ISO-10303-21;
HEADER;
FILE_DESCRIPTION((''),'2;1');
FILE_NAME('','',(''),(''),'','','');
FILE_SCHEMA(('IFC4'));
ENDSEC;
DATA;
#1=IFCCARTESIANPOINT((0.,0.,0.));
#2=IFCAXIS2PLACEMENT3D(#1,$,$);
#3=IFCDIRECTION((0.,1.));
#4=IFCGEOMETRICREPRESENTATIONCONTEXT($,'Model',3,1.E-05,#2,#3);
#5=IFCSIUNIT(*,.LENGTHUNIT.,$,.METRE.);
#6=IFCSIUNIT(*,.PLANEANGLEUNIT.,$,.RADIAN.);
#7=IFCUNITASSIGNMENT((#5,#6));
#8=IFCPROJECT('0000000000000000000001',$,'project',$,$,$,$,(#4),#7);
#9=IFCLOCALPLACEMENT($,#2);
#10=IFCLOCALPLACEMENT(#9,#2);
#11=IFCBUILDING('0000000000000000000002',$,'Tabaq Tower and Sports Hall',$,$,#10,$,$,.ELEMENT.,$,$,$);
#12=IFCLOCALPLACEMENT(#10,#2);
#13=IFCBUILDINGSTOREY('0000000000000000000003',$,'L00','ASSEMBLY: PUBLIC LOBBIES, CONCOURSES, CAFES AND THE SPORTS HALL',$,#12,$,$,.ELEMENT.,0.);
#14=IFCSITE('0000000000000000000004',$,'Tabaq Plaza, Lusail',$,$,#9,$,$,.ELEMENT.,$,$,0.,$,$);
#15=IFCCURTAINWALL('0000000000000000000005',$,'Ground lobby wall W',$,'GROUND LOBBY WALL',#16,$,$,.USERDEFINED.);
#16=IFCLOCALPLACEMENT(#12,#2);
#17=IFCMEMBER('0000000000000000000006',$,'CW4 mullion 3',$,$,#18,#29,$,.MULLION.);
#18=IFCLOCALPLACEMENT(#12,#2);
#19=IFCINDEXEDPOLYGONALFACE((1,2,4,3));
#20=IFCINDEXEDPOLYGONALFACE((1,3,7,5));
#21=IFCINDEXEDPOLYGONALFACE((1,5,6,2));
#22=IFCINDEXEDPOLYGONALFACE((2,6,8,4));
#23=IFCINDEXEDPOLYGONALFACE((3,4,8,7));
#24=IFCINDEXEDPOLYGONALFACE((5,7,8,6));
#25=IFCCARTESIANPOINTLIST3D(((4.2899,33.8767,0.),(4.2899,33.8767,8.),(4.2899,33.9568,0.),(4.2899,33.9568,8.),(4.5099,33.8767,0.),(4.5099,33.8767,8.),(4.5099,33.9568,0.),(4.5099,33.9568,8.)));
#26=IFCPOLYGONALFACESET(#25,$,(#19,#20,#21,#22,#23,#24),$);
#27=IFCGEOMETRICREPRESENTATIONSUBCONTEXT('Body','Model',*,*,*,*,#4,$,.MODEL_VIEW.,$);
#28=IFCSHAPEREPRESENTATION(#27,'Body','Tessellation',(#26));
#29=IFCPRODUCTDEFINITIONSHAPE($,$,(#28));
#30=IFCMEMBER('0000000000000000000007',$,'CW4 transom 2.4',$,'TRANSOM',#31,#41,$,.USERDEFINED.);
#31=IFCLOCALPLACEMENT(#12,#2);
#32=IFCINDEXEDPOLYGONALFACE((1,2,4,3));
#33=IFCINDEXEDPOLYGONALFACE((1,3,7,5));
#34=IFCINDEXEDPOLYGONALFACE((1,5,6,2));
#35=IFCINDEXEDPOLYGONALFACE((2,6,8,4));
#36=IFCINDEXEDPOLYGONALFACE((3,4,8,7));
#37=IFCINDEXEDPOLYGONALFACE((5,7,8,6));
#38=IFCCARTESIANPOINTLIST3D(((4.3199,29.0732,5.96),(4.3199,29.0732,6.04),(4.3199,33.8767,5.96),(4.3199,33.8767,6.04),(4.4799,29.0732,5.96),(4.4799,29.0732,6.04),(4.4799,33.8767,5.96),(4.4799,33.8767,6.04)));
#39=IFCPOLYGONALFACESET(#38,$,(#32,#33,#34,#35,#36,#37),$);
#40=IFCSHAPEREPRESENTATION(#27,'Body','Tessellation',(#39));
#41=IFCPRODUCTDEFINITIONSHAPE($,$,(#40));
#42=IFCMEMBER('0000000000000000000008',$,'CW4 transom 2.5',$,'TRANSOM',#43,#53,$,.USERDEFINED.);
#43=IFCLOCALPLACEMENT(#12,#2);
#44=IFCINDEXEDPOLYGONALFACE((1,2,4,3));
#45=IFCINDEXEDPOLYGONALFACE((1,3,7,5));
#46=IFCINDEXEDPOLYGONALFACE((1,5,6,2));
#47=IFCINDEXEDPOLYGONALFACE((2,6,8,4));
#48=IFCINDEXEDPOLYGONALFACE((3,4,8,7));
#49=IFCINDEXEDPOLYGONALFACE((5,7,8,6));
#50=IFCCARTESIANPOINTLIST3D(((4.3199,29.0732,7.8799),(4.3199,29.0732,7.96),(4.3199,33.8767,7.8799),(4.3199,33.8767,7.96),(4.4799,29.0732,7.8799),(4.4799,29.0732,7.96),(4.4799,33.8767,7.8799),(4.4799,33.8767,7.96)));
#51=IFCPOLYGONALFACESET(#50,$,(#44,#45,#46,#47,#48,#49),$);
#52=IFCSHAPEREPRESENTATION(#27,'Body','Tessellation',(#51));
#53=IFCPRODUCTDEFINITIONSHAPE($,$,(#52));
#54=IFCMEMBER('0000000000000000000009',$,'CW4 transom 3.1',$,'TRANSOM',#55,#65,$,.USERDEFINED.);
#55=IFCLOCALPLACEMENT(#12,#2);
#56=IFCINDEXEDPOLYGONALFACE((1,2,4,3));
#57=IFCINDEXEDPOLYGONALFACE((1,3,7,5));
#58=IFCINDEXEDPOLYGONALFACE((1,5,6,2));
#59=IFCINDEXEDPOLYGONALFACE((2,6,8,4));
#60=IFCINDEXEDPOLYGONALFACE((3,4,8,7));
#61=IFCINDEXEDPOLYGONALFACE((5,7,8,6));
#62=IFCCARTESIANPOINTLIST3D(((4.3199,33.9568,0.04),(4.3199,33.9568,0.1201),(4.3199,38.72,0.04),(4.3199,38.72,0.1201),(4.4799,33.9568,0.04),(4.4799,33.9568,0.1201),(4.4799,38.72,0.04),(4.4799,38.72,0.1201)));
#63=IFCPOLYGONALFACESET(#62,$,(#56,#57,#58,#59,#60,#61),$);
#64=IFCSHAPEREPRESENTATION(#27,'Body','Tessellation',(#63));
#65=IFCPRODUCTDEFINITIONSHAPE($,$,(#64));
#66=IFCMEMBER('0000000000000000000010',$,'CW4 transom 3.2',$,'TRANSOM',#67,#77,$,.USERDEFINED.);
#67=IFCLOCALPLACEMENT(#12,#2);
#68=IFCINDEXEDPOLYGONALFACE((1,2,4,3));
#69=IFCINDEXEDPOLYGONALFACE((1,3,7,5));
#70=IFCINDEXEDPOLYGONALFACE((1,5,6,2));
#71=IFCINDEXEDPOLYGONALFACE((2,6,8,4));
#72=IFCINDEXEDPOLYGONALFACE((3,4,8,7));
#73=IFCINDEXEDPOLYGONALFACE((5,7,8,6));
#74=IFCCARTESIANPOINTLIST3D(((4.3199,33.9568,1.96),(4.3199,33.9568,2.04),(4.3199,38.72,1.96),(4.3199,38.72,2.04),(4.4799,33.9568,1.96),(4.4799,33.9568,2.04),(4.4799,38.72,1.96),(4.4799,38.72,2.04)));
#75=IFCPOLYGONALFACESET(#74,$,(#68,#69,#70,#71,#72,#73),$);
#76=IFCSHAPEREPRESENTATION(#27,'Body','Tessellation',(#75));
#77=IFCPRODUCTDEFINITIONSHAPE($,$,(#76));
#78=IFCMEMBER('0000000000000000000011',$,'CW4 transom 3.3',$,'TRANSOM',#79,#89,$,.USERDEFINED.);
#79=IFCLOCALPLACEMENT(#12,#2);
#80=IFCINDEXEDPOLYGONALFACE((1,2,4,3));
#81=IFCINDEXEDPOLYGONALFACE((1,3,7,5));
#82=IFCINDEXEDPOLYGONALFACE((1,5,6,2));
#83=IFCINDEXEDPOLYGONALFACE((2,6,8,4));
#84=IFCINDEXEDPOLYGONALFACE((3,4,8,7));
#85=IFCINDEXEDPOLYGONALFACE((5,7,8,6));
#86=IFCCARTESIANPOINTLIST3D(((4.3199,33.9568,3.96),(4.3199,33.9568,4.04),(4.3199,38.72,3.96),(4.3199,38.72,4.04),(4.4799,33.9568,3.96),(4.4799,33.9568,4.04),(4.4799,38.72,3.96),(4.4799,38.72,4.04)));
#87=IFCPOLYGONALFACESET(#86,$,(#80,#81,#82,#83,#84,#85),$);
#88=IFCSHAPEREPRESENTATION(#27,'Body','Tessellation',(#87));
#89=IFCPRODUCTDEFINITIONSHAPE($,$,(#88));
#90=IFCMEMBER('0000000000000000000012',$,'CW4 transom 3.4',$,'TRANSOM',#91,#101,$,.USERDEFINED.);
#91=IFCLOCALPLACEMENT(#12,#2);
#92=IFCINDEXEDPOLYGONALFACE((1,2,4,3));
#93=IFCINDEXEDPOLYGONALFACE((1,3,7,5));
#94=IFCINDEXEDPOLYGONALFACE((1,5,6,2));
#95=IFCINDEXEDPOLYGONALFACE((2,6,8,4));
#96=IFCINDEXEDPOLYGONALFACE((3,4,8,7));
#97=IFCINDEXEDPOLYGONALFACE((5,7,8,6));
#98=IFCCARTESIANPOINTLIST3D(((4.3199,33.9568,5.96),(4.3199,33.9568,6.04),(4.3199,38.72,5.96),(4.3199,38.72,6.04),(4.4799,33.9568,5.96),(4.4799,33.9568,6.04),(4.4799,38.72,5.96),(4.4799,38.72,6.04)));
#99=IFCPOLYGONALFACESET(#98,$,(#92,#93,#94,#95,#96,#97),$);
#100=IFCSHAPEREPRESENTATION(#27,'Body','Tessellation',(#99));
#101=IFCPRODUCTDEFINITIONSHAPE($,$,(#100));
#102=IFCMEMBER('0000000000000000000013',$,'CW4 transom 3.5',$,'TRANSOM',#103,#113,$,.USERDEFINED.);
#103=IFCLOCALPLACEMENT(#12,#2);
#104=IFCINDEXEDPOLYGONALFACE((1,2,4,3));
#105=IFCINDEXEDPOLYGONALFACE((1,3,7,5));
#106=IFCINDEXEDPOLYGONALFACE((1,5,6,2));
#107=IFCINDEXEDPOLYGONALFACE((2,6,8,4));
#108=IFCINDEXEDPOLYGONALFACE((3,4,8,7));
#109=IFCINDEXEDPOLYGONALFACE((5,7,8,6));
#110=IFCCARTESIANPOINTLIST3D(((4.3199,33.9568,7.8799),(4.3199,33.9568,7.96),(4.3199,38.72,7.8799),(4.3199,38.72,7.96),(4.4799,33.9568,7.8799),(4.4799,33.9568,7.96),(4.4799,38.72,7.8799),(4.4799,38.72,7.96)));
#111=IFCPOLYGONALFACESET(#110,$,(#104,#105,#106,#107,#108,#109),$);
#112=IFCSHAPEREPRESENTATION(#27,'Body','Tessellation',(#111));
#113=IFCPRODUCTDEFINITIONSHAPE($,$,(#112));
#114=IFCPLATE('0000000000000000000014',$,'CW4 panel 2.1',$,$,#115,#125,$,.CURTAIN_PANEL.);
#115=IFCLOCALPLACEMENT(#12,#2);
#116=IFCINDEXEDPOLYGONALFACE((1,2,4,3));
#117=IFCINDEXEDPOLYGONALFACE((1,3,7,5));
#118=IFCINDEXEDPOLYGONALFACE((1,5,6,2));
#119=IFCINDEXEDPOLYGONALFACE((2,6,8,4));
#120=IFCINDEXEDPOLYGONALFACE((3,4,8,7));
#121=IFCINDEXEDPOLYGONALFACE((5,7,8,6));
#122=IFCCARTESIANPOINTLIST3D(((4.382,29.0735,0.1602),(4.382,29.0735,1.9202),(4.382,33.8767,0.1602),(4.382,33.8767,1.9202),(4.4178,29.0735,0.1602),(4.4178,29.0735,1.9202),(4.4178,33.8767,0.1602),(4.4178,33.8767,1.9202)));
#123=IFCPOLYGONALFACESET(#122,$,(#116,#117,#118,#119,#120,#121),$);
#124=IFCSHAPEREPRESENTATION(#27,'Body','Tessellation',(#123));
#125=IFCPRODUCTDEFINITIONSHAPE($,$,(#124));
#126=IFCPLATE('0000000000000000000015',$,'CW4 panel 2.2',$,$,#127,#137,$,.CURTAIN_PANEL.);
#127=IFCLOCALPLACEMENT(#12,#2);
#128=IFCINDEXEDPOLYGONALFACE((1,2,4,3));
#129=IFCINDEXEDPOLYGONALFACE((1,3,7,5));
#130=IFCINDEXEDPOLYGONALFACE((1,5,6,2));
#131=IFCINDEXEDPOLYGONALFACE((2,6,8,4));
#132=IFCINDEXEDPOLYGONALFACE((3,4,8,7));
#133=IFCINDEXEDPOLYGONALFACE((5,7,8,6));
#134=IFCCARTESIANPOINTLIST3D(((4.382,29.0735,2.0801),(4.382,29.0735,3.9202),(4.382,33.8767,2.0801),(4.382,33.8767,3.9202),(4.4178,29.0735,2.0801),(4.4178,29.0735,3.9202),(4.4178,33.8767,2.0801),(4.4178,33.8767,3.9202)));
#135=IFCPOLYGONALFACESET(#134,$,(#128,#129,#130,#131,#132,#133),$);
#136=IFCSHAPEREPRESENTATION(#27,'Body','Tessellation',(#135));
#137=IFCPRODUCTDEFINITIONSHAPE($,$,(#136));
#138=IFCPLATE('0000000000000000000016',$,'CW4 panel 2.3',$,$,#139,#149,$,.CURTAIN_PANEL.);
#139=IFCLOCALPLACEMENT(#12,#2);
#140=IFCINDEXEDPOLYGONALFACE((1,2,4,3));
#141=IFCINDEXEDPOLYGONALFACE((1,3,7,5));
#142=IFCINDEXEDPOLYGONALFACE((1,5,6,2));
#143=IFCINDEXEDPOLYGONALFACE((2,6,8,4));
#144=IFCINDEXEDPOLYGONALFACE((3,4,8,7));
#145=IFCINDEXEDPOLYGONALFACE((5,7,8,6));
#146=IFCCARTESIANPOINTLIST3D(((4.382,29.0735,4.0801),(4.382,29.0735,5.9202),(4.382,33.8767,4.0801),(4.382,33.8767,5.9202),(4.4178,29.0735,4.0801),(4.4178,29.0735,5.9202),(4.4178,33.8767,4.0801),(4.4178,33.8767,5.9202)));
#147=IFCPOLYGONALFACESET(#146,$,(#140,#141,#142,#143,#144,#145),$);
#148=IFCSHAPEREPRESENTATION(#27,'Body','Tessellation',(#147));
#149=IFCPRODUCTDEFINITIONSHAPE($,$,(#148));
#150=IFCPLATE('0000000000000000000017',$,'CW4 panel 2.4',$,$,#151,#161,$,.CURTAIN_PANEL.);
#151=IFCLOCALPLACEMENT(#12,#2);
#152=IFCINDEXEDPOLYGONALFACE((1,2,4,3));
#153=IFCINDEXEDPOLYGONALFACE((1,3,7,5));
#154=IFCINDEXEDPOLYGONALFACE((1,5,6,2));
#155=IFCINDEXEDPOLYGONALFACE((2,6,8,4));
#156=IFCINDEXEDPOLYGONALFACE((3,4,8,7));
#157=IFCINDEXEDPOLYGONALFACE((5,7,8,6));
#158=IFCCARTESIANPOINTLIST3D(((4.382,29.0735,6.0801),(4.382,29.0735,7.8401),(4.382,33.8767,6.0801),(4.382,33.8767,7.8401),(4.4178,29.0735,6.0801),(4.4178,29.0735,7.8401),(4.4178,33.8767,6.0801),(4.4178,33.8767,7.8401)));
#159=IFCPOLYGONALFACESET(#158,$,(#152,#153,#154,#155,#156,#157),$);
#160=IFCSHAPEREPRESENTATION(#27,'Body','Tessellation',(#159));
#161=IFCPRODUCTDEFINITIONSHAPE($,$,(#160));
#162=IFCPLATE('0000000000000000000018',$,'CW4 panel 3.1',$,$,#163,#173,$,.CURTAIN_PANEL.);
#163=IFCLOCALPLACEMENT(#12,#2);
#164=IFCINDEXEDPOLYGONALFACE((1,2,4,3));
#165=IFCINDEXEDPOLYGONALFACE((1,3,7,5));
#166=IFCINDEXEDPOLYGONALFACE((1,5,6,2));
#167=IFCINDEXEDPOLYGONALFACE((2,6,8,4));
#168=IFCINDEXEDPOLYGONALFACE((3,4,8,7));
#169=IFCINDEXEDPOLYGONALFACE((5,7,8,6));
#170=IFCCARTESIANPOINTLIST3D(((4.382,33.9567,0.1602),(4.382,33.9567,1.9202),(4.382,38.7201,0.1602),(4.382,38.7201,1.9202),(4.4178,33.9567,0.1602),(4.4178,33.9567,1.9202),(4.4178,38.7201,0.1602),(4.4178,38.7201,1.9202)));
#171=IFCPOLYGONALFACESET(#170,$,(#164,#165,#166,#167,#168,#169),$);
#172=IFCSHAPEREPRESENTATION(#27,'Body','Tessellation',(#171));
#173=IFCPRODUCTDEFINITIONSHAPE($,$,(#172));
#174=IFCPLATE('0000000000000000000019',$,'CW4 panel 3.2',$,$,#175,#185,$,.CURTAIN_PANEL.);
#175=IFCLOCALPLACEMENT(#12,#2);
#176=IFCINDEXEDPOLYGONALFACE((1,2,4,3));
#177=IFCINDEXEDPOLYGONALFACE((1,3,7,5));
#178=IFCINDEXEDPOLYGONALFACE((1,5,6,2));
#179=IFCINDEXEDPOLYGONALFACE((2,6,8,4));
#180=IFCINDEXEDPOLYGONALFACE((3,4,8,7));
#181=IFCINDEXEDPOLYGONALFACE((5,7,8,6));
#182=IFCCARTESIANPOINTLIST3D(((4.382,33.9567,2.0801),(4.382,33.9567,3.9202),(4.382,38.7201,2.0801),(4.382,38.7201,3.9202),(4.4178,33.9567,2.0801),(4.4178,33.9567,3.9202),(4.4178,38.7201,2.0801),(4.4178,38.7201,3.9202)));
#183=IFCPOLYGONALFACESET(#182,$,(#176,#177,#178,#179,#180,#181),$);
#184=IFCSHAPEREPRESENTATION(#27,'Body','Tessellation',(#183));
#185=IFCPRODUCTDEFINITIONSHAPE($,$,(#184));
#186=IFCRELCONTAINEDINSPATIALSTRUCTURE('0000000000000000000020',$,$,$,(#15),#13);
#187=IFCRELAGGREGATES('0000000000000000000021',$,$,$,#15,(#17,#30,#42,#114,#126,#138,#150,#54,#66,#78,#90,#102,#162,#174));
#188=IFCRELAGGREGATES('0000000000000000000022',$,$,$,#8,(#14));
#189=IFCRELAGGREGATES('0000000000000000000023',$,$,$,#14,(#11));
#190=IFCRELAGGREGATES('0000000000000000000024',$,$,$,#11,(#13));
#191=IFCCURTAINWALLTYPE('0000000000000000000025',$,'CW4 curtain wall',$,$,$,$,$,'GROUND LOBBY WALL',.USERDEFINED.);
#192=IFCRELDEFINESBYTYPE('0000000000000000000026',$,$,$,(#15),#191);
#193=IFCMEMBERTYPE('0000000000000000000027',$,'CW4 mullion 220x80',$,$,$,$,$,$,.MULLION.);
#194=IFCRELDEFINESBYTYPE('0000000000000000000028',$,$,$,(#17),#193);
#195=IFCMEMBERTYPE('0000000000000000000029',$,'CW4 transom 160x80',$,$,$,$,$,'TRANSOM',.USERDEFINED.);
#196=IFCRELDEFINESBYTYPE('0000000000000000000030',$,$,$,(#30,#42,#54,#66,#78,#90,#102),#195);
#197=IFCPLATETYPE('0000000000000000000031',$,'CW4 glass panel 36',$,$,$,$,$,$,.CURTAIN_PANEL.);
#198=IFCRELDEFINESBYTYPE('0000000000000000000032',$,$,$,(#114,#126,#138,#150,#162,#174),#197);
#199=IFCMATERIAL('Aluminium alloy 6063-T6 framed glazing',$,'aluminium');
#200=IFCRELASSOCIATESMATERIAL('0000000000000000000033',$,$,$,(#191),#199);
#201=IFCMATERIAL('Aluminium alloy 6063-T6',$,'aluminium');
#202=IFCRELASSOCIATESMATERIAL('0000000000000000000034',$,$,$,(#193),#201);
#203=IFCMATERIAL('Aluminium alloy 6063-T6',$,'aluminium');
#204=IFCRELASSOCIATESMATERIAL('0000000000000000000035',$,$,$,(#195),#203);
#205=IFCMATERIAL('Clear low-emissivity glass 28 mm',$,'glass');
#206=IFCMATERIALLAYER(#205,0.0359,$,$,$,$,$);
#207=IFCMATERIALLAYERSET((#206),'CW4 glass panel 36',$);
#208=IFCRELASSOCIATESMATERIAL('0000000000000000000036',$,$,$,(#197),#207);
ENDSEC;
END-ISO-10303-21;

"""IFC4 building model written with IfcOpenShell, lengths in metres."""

from ifc_helpers import new_model, si_unit, direction, frame, origin, origin_2d, place, context, subcontext, project, spatial, rectangle, extrude, material, layer, layer_set, material_profile, profile_set, type_object, element, aggregate, save


model = new_model("IFC4")

# Units and contexts
model_context = context("Model", 3, precision=1e-05, world=origin(), true_north=direction((0.0, 1.0)))
body_context = subcontext(model_context, "Body", "Model", "MODEL_VIEW")
ifc_project = project(units=[si_unit("LENGTHUNIT", "METRE"), si_unit("PLANEANGLEUNIT", "RADIAN")], contexts=[model_context])

# Site, building, storey
site_placement = place(None, origin())
site = spatial("IfcSite", under=ifc_project, at=site_placement, Name="Tabaq Plaza, Lusail", CompositionType="ELEMENT", RefElevation=0.0)
building_placement = place(site_placement, origin())
building = spatial("IfcBuilding", under=site, at=building_placement, Name="Tabaq Tower and Sports Hall", CompositionType="ELEMENT")
storey_placement = place(building_placement, origin())
storey = spatial("IfcBuildingStorey", under=building, at=storey_placement, Name="L00", Description="ASSEMBLY: PUBLIC LOBBIES, CONCOURSES, CAFES AND THE SPORTS HALL", CompositionType="ELEMENT", Elevation=0.0)

# Curtain wall, members, plates
ifc_material_1 = material(Name="Aluminium alloy 6063-T6 framed glazing", Category="aluminium")
curtain_wall_type = type_object("IfcCurtainWallType", Name="CW4 curtain wall", ElementType="GROUND LOBBY WALL", PredefinedType="USERDEFINED", material=ifc_material_1)
curtain_wall_placement = place(storey_placement, origin())
curtain_wall = element("IfcCurtainWall", 1, at=curtain_wall_placement, inside=storey, type_object=curtain_wall_type, Name="Ground lobby wall W", ObjectType="GROUND LOBBY WALL", PredefinedType="USERDEFINED")
ifc_material_2 = material(Name="Aluminium alloy 6063-T6", Category="aluminium")
ifc_material_profile_1 = material_profile(ifc_material_2, rectangle(XDim=0.22, YDim=0.0801, at=origin_2d()), Name="MULLION 220x80")
ifc_profile_set_1 = profile_set([ifc_material_profile_1], Name="Aluminium alloy 6063-T6")
member_type_1 = type_object("IfcMemberType", Name="CW4 mullion 220x80", PredefinedType="MULLION", material=ifc_profile_set_1)
member_1_placement = place(storey_placement, frame((4.3999, 33.9167, 0.0), z_axis=(0.0, 0.0, 1.0), x_axis=(-1.0, 0.0, 0.0)))
member_1 = element("IfcMember", 2, at=member_1_placement, type_object=member_type_1, Name="CW4 mullion 3", PredefinedType="MULLION", context=body_context, shape_type="SweptSolid", body=[
    extrude(rectangle(XDim=0.22, YDim=0.0801, at=origin_2d()), origin(), (0.0, 0.0, 1.0), 8.0),
])
ifc_material_3 = material(Name="Aluminium alloy 6063-T6", Category="aluminium")
ifc_material_profile_2 = material_profile(ifc_material_3, rectangle(XDim=0.1599, YDim=0.0801, at=origin_2d()), Name="TRANSOM 160x80")
ifc_profile_set_2 = profile_set([ifc_material_profile_2], Name="Aluminium alloy 6063-T6")
member_type_2 = type_object("IfcMemberType", Name="CW4 transom 160x80", ElementType="TRANSOM", PredefinedType="USERDEFINED", material=ifc_profile_set_2)
member_2_placement = place(storey_placement, frame((4.3999, 29.0732, 6.0), z_axis=(0.0, 1.0, 0.0), x_axis=(-1.0, 0.0, 0.0)))
member_2 = element("IfcMember", 3, at=member_2_placement, type_object=member_type_2, Name="CW4 transom 2.4", ObjectType="TRANSOM", PredefinedType="USERDEFINED", context=body_context, shape_type="SweptSolid", body=[
    extrude(rectangle(XDim=0.1599, YDim=0.0801, at=origin_2d()), origin(), (0.0, 0.0, 1.0), 4.8035),
])
member_3_placement = place(storey_placement, frame((4.3999, 29.0732, 7.9199), z_axis=(0.0, 1.0, 0.0), x_axis=(-1.0, 0.0, 0.0)))
member_3 = element("IfcMember", 4, at=member_3_placement, type_object=member_type_2, Name="CW4 transom 2.5", ObjectType="TRANSOM", PredefinedType="USERDEFINED", context=body_context, shape_type="SweptSolid", body=[
    extrude(rectangle(XDim=0.1599, YDim=0.0801, at=origin_2d()), origin(), (0.0, 0.0, 1.0), 4.8035),
])
member_4_placement = place(storey_placement, frame((4.3999, 33.9568, 0.0801), z_axis=(0.0, 1.0, 0.0), x_axis=(-1.0, 0.0, 0.0)))
member_4 = element("IfcMember", 5, at=member_4_placement, type_object=member_type_2, Name="CW4 transom 3.1", ObjectType="TRANSOM", PredefinedType="USERDEFINED", context=body_context, shape_type="SweptSolid", body=[
    extrude(rectangle(XDim=0.1599, YDim=0.0801, at=origin_2d()), origin(), (0.0, 0.0, 1.0), 4.7632),
])
member_5_placement = place(storey_placement, frame((4.3999, 33.9568, 2.0), z_axis=(0.0, 1.0, 0.0), x_axis=(-1.0, 0.0, 0.0)))
member_5 = element("IfcMember", 6, at=member_5_placement, type_object=member_type_2, Name="CW4 transom 3.2", ObjectType="TRANSOM", PredefinedType="USERDEFINED", context=body_context, shape_type="SweptSolid", body=[
    extrude(rectangle(XDim=0.1599, YDim=0.0801, at=origin_2d()), origin(), (0.0, 0.0, 1.0), 4.7632),
])
member_6_placement = place(storey_placement, frame((4.3999, 33.9568, 4.0), z_axis=(0.0, 1.0, 0.0), x_axis=(-1.0, 0.0, 0.0)))
member_6 = element("IfcMember", 7, at=member_6_placement, type_object=member_type_2, Name="CW4 transom 3.3", ObjectType="TRANSOM", PredefinedType="USERDEFINED", context=body_context, shape_type="SweptSolid", body=[
    extrude(rectangle(XDim=0.1599, YDim=0.0801, at=origin_2d()), origin(), (0.0, 0.0, 1.0), 4.7632),
])
member_7_placement = place(storey_placement, frame((4.3999, 33.9568, 6.0), z_axis=(0.0, 1.0, 0.0), x_axis=(-1.0, 0.0, 0.0)))
member_7 = element("IfcMember", 8, at=member_7_placement, type_object=member_type_2, Name="CW4 transom 3.4", ObjectType="TRANSOM", PredefinedType="USERDEFINED", context=body_context, shape_type="SweptSolid", body=[
    extrude(rectangle(XDim=0.1599, YDim=0.0801, at=origin_2d()), origin(), (0.0, 0.0, 1.0), 4.7632),
])
member_8_placement = place(storey_placement, frame((4.3999, 33.9568, 7.9199), z_axis=(0.0, 1.0, 0.0), x_axis=(-1.0, 0.0, 0.0)))
member_8 = element("IfcMember", 9, at=member_8_placement, type_object=member_type_2, Name="CW4 transom 3.5", ObjectType="TRANSOM", PredefinedType="USERDEFINED", context=body_context, shape_type="SweptSolid", body=[
    extrude(rectangle(XDim=0.1599, YDim=0.0801, at=origin_2d()), origin(), (0.0, 0.0, 1.0), 4.7632),
])
ifc_material_4 = material(Name="Clear low-emissivity glass 28 mm", Category="glass")
ifc_layer_1 = layer(ifc_material_4, 0.0359)
ifc_layer_set_1 = layer_set([ifc_layer_1], Name="CW4 glass panel 36")
plate_type_1 = type_object("IfcPlateType", Name="CW4 glass panel 36", PredefinedType="CURTAIN_PANEL", material=ifc_layer_set_1)
plate_1_placement = place(storey_placement, frame((4.3999, 31.4751, 0.1602), z_axis=(0.0, 0.0, 1.0), x_axis=(0.0, 1.0, 0.0)))
plate_1 = element("IfcPlate", 10, at=plate_1_placement, type_object=plate_type_1, Name="CW4 panel 2.1", PredefinedType="CURTAIN_PANEL", context=body_context, shape_type="SweptSolid", body=[
    extrude(rectangle(XDim=4.8032, YDim=0.0359, at=origin_2d()), origin(), (0.0, 0.0, 1.0), 1.76),
])
plate_2_placement = place(storey_placement, frame((4.3999, 31.4751, 2.0801), z_axis=(0.0, 0.0, 1.0), x_axis=(0.0, 1.0, 0.0)))
plate_2 = element("IfcPlate", 11, at=plate_2_placement, type_object=plate_type_1, Name="CW4 panel 2.2", PredefinedType="CURTAIN_PANEL", context=body_context, shape_type="SweptSolid", body=[
    extrude(rectangle(XDim=4.8032, YDim=0.0359, at=origin_2d()), origin(), (0.0, 0.0, 1.0), 1.8401),
])
plate_3_placement = place(storey_placement, frame((4.3999, 31.4751, 4.0801), z_axis=(0.0, 0.0, 1.0), x_axis=(0.0, 1.0, 0.0)))
plate_3 = element("IfcPlate", 12, at=plate_3_placement, type_object=plate_type_1, Name="CW4 panel 2.3", PredefinedType="CURTAIN_PANEL", context=body_context, shape_type="SweptSolid", body=[
    extrude(rectangle(XDim=4.8032, YDim=0.0359, at=origin_2d()), origin(), (0.0, 0.0, 1.0), 1.8401),
])
plate_4_placement = place(storey_placement, frame((4.3999, 31.4751, 6.0801), z_axis=(0.0, 0.0, 1.0), x_axis=(0.0, 1.0, 0.0)))
plate_4 = element("IfcPlate", 13, at=plate_4_placement, type_object=plate_type_1, Name="CW4 panel 2.4", PredefinedType="CURTAIN_PANEL", context=body_context, shape_type="SweptSolid", body=[
    extrude(rectangle(XDim=4.8032, YDim=0.0359, at=origin_2d()), origin(), (0.0, 0.0, 1.0), 1.76),
])
plate_5_placement = place(storey_placement, frame((4.3999, 36.3384, 0.1602), z_axis=(0.0, 0.0, 1.0), x_axis=(0.0, 1.0, 0.0)))
plate_5 = element("IfcPlate", 14, at=plate_5_placement, type_object=plate_type_1, Name="CW4 panel 3.1", PredefinedType="CURTAIN_PANEL", context=body_context, shape_type="SweptSolid", body=[
    extrude(rectangle(XDim=4.7634, YDim=0.0359, at=origin_2d()), origin(), (0.0, 0.0, 1.0), 1.76),
])
plate_6_placement = place(storey_placement, frame((4.3999, 36.3384, 2.0801), z_axis=(0.0, 0.0, 1.0), x_axis=(0.0, 1.0, 0.0)))
plate_6 = element("IfcPlate", 15, at=plate_6_placement, type_object=plate_type_1, Name="CW4 panel 3.2", PredefinedType="CURTAIN_PANEL", context=body_context, shape_type="SweptSolid", body=[
    extrude(rectangle(XDim=4.7634, YDim=0.0359, at=origin_2d()), origin(), (0.0, 0.0, 1.0), 1.8401),
])
aggregate(curtain_wall, [member_1, member_2, member_3, plate_1, plate_2, plate_3, plate_4, member_4, member_5, member_6, member_7, member_8, plate_5, plate_6])

save(model, "model.ifc")
